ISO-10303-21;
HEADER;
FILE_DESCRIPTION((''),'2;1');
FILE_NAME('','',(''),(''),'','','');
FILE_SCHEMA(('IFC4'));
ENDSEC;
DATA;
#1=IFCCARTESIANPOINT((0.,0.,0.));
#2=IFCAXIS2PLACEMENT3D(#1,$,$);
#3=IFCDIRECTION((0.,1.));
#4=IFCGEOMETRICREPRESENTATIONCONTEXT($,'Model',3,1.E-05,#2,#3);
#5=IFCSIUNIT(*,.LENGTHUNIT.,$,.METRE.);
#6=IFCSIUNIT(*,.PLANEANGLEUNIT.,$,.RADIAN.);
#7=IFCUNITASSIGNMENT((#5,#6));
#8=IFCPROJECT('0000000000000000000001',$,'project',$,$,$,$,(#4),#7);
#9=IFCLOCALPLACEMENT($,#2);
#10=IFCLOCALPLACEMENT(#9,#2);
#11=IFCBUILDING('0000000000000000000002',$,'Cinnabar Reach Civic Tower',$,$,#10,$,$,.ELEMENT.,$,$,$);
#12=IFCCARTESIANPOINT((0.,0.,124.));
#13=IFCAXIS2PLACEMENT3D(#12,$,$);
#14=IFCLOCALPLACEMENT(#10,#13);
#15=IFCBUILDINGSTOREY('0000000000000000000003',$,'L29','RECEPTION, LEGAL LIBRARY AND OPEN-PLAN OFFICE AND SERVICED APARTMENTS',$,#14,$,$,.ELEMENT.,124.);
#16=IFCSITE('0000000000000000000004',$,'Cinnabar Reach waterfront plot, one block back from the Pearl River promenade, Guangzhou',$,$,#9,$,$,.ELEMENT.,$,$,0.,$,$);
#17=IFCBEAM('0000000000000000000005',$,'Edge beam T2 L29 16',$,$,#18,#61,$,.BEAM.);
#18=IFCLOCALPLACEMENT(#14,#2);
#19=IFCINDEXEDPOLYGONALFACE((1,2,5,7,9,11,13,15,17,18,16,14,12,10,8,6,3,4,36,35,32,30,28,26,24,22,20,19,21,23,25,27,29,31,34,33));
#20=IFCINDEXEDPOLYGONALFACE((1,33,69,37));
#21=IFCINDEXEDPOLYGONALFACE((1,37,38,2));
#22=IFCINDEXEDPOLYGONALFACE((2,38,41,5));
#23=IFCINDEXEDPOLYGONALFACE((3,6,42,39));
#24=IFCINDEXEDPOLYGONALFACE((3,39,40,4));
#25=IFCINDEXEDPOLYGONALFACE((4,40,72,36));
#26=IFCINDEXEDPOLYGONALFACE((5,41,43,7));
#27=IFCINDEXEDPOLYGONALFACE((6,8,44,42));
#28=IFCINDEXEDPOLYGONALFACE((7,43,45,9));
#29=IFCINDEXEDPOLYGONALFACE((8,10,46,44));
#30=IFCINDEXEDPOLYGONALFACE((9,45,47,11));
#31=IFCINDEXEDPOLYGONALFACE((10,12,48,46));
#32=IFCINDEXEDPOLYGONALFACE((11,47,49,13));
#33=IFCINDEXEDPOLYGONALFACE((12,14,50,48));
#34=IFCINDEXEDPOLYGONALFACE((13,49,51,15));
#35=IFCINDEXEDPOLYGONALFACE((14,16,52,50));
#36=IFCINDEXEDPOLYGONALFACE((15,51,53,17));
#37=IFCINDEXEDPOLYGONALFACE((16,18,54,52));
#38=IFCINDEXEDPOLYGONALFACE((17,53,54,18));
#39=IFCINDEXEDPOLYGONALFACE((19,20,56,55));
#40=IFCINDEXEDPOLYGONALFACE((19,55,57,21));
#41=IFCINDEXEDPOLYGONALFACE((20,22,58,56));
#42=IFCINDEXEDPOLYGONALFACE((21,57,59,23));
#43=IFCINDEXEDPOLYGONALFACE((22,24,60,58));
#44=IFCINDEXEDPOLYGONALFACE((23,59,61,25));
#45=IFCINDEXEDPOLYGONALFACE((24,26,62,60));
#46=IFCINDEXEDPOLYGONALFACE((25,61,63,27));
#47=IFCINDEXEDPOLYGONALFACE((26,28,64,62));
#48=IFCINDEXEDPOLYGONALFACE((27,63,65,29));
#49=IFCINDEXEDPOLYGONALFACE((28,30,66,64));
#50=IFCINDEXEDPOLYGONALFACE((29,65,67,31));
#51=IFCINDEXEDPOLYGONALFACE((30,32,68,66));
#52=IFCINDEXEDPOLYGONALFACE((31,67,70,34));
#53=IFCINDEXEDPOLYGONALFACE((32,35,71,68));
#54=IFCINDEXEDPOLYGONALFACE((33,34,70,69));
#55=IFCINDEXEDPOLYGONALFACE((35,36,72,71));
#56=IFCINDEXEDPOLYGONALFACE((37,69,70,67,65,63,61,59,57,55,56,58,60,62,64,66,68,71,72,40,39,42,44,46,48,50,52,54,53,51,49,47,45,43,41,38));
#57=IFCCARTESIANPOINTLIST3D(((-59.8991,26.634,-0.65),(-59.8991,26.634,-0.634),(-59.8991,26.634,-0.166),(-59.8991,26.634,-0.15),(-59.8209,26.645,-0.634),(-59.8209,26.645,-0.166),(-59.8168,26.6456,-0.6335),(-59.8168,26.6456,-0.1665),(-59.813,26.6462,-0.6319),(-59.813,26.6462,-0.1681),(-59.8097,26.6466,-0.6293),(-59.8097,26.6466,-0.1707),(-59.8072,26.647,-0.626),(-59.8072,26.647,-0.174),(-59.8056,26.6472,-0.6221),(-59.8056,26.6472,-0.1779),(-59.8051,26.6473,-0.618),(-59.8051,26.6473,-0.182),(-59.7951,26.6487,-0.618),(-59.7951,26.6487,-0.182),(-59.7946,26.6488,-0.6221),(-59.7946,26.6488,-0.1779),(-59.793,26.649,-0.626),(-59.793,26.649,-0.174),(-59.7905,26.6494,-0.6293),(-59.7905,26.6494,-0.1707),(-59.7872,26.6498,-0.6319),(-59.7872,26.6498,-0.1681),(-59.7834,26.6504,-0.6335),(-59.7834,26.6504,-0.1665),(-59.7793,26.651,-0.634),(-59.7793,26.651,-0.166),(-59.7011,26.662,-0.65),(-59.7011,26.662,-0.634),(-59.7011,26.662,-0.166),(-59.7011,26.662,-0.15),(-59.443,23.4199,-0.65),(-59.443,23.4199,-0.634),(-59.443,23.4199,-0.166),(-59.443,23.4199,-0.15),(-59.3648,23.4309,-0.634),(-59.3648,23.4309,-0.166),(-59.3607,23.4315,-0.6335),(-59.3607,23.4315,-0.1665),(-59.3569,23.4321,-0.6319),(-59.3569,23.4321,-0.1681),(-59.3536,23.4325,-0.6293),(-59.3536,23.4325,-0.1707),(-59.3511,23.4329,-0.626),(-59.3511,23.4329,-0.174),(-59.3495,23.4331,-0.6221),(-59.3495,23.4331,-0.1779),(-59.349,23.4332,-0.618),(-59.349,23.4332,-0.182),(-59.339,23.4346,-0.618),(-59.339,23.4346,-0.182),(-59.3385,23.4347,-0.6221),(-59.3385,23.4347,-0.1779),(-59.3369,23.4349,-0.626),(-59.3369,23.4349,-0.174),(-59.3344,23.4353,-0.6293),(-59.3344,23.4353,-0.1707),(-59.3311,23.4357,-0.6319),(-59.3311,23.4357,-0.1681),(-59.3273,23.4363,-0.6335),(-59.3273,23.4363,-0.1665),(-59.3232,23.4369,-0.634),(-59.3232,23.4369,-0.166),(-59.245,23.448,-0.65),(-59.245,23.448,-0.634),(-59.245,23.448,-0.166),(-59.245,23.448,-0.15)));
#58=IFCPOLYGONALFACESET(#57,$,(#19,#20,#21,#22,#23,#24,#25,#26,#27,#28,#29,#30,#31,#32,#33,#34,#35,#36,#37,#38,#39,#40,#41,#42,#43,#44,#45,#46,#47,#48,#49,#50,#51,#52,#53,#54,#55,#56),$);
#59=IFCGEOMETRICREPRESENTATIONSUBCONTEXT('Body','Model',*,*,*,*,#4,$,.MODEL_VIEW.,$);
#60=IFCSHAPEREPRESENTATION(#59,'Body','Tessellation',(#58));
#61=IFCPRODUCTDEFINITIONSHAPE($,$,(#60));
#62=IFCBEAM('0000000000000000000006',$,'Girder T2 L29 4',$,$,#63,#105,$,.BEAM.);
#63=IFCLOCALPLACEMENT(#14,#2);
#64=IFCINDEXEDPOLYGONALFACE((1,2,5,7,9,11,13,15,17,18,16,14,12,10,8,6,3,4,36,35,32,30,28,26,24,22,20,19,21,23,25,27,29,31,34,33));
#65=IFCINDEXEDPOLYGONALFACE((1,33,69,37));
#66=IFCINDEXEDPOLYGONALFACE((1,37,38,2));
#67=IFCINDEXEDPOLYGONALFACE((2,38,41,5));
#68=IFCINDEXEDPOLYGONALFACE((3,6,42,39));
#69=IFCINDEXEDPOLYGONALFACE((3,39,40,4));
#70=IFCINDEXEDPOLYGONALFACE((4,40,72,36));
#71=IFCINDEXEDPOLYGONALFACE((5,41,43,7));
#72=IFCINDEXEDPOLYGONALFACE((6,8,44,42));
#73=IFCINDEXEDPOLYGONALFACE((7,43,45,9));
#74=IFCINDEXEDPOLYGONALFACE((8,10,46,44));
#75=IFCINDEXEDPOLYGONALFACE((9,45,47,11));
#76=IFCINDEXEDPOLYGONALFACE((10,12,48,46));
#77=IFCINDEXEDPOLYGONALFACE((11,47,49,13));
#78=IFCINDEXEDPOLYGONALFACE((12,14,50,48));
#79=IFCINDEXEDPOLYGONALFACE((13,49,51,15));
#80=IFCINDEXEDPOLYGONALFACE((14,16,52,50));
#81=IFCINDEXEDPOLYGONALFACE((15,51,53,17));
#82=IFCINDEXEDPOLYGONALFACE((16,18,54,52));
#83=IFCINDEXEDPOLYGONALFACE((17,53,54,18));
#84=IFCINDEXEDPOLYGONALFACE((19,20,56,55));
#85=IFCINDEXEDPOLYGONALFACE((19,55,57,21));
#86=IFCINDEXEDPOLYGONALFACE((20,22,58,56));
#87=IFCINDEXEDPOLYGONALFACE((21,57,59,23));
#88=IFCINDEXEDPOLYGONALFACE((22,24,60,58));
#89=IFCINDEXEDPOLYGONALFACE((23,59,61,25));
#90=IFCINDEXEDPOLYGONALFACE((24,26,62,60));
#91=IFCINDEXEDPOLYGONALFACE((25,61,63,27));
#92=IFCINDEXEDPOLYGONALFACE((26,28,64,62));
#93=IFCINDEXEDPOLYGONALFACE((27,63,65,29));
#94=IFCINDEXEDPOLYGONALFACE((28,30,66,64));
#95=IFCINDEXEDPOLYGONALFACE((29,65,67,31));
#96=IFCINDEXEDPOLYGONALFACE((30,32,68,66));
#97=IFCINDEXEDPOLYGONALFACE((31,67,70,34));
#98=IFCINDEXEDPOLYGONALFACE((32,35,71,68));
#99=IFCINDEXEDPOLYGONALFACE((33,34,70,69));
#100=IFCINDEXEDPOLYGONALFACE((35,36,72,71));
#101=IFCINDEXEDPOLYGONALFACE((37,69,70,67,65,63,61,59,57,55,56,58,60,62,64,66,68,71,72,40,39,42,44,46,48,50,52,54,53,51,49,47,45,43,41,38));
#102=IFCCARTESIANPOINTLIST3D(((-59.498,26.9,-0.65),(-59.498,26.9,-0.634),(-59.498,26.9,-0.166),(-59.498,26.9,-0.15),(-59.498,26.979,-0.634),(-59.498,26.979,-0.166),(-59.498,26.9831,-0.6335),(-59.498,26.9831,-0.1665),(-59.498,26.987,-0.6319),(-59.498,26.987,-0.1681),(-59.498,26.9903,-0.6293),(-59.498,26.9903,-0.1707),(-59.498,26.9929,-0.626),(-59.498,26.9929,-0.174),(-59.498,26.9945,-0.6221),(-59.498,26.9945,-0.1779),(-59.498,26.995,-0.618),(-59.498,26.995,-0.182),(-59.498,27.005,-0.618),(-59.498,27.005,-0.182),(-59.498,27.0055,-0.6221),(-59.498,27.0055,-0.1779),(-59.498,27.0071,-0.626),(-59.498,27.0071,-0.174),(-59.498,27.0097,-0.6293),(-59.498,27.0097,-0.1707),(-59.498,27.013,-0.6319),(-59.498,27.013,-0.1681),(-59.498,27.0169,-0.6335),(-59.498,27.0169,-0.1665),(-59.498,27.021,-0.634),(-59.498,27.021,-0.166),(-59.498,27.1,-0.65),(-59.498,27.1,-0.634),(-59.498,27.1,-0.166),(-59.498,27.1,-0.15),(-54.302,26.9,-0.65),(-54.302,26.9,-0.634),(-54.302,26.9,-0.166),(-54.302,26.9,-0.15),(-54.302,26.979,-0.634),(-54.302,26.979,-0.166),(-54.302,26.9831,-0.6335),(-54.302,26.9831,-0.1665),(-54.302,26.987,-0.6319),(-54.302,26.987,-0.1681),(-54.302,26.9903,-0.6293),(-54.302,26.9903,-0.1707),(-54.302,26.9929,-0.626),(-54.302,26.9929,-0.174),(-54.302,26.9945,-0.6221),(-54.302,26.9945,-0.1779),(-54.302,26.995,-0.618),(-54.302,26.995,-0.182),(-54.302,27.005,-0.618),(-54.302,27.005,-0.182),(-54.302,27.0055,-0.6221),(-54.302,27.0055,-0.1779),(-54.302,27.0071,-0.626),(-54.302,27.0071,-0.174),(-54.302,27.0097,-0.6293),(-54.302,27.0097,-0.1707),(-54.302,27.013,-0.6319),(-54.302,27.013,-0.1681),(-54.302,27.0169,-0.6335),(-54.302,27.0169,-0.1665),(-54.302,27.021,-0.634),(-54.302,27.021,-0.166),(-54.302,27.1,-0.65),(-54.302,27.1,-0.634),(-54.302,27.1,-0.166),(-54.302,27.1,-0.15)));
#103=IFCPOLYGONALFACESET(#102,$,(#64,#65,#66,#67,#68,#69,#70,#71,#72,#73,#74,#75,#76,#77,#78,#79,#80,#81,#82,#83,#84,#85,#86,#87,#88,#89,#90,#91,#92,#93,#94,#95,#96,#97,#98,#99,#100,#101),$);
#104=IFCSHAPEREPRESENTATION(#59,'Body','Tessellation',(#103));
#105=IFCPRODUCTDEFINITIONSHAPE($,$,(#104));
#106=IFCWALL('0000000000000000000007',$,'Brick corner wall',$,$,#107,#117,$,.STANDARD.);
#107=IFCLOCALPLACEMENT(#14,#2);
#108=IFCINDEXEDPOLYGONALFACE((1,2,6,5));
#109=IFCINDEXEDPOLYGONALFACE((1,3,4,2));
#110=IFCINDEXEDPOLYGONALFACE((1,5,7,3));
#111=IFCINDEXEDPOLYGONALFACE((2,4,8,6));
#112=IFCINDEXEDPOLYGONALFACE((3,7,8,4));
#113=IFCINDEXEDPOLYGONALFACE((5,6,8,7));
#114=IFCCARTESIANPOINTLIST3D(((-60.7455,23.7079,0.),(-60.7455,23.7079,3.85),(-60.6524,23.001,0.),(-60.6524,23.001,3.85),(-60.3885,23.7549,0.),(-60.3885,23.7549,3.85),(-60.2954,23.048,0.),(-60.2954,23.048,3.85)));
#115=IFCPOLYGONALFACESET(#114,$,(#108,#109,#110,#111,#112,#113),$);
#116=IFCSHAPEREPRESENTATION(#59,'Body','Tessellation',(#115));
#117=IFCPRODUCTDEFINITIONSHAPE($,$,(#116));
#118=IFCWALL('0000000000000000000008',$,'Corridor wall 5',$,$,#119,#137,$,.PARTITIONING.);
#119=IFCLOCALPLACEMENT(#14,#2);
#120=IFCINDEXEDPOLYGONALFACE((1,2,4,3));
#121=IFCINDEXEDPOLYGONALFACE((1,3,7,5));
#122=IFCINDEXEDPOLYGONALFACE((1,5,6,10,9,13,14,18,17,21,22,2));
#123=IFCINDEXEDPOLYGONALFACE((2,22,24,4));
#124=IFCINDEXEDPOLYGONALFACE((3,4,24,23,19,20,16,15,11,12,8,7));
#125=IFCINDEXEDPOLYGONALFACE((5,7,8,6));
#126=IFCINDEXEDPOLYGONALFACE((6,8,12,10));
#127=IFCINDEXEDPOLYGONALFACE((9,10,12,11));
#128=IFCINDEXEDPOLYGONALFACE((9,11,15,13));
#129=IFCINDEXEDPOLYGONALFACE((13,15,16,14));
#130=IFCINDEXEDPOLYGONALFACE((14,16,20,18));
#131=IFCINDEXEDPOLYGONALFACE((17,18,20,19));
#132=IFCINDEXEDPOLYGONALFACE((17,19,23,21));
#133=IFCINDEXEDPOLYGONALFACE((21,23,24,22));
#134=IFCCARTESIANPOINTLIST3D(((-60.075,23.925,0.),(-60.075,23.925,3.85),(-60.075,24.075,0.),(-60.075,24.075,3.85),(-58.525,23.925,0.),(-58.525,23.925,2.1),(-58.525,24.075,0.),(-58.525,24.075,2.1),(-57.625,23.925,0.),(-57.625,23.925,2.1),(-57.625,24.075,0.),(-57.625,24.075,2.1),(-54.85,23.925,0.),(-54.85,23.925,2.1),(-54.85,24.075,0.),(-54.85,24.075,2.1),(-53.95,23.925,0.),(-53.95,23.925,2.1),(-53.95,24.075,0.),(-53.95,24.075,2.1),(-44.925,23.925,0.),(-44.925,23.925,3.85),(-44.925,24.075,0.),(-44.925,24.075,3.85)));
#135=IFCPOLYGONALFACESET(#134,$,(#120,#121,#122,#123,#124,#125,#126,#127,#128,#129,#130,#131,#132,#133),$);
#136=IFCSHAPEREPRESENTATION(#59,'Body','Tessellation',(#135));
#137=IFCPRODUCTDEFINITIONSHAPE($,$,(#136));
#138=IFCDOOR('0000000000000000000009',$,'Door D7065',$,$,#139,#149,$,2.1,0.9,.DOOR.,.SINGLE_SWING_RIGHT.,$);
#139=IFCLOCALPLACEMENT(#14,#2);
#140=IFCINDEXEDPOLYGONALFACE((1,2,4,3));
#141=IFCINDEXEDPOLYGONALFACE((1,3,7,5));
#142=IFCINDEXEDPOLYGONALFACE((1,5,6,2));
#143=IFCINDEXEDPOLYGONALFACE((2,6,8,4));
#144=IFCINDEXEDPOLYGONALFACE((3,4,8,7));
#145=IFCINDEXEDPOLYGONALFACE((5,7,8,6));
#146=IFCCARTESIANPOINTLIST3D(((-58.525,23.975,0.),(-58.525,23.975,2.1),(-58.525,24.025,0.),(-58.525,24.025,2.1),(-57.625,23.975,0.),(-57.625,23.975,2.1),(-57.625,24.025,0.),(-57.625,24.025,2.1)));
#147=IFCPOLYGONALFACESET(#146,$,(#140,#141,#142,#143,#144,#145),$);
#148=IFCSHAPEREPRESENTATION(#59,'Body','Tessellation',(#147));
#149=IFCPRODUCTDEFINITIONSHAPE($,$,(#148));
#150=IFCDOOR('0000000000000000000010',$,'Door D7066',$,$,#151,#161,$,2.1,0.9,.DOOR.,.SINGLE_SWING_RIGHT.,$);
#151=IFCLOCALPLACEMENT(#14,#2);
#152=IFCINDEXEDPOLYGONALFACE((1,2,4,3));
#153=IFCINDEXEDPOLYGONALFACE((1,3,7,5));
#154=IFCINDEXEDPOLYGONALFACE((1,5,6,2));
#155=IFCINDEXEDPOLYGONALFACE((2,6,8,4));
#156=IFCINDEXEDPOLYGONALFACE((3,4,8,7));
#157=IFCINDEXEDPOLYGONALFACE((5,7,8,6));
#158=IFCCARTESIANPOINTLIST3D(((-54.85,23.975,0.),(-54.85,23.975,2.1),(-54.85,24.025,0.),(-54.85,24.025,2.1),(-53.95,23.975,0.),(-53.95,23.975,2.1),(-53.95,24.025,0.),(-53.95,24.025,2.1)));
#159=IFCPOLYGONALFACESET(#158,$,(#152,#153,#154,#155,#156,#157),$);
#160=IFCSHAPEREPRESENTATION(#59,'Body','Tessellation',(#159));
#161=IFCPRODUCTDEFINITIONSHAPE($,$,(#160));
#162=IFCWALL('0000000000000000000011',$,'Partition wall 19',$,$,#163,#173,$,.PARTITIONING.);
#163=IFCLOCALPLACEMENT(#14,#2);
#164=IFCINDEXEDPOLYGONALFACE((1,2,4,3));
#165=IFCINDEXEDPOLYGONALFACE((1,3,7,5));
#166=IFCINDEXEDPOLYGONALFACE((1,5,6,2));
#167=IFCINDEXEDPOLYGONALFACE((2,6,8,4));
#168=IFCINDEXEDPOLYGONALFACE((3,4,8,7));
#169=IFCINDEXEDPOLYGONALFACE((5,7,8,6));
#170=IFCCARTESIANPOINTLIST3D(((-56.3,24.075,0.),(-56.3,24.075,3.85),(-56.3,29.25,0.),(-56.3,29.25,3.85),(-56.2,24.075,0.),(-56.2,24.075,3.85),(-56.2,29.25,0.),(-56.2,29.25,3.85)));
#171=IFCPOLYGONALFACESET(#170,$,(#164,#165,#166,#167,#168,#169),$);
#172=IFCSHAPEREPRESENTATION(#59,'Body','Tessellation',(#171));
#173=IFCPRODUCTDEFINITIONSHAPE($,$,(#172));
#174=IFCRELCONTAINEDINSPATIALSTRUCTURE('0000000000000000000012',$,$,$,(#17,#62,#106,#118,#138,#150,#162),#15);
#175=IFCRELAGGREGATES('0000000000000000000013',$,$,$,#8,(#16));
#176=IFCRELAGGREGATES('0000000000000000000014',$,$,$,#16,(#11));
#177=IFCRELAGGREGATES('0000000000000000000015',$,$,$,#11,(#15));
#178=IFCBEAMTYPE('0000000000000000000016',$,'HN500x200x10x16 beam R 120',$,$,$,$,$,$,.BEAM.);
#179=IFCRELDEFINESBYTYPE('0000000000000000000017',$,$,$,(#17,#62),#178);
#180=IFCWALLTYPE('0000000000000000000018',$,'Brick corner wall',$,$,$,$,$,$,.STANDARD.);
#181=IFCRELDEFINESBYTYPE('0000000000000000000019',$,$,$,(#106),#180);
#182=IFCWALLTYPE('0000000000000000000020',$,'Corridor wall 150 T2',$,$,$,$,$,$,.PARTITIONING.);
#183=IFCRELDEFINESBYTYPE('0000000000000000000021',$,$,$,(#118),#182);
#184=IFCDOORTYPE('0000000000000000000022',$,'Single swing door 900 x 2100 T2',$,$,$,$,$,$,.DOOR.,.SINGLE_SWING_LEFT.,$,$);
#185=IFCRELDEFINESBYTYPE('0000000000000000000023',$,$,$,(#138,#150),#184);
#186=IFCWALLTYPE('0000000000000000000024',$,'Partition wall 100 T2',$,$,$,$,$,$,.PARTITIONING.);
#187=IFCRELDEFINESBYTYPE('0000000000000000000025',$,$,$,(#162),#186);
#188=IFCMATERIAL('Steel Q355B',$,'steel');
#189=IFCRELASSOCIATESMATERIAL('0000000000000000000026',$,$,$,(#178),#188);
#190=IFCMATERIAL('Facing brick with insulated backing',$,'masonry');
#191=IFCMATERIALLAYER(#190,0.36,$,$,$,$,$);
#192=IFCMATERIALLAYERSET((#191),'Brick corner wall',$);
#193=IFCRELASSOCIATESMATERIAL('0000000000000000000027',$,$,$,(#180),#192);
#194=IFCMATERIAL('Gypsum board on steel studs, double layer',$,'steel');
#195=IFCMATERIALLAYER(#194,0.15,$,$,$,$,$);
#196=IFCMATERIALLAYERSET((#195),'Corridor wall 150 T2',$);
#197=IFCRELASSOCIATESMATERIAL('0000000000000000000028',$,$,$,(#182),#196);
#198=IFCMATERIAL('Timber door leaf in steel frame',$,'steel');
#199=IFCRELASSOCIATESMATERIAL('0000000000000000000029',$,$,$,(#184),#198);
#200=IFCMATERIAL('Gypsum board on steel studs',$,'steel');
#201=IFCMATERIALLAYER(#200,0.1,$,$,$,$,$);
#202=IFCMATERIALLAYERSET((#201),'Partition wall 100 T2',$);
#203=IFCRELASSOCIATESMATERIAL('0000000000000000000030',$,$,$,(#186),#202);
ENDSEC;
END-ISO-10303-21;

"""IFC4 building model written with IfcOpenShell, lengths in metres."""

from ifc_helpers import new_model, si_unit, direction, frame, frame_2d, origin, origin_2d, place, context, subcontext, project, spatial, rectangle, i_section, extrude, material, layer, layer_set, material_profile, profile_set, type_object, element, fill, save


model = new_model("IFC4")

# Units and contexts
model_context = context("Model", 3, precision=1e-05, world=origin(), true_north=direction((0.0, 1.0)))
body_context = subcontext(model_context, "Body", "Model", "MODEL_VIEW")
ifc_project = project(units=[si_unit("LENGTHUNIT", "METRE"), si_unit("PLANEANGLEUNIT", "RADIAN")], contexts=[model_context])

# Site, building, storey
site_placement = place(None, origin())
site = spatial("IfcSite", under=ifc_project, at=site_placement, Name="Cinnabar Reach waterfront plot, one block back from the Pearl River promenade, Guangzhou", CompositionType="ELEMENT", RefElevation=0.0)
building_placement = place(site_placement, origin())
building = spatial("IfcBuilding", under=site, at=building_placement, Name="Cinnabar Reach Civic Tower", CompositionType="ELEMENT")
storey_placement = place(building_placement, frame((0.0, 0.0, 124.0)))
storey = spatial("IfcBuildingStorey", under=building, at=storey_placement, Name="L29", Description="RECEPTION, LEGAL LIBRARY AND OPEN-PLAN OFFICE AND SERVICED APARTMENTS", CompositionType="ELEMENT", Elevation=124.0)

# Beams
ifc_material_1 = material(Name="Steel Q355B", Category="steel")
ifc_material_profile_1 = material_profile(ifc_material_1, i_section(OverallWidth=0.2, OverallDepth=0.5, WebThickness=0.01, FlangeThickness=0.016, FilletRadius=0.016, at=origin_2d()), Name="HN500x200x10x16")
ifc_profile_set_1 = profile_set([ifc_material_profile_1], Name="Steel Q355B")
beam_type_1 = type_object("IfcBeamType", Name="HN500x200x10x16 beam R 120", PredefinedType="BEAM", material=ifc_profile_set_1)
beam_1_placement = place(storey_placement, frame((-59.8001, 26.648, -0.4), z_axis=(0.140498, -0.990081, 0.0), x_axis=(0.990081, 0.140498, 0.0)))
element("IfcBeam", 1, at=beam_1_placement, inside=storey, type_object=beam_type_1, Name="Edge beam T2 L29 16", PredefinedType="BEAM", context=body_context, shape_type="SweptSolid", body=[
    extrude(i_section(OverallWidth=0.2, OverallDepth=0.5, WebThickness=0.01, FlangeThickness=0.016, FilletRadius=0.016, at=origin_2d()), origin(), (0.0, 0.0, 1.0), 3.2463),
])
beam_2_placement = place(storey_placement, frame((-59.498, 27.0, -0.4), z_axis=(1.0, 0.0, 0.0), x_axis=(0.0, 1.0, 0.0)))
element("IfcBeam", 2, at=beam_2_placement, inside=storey, type_object=beam_type_1, Name="Girder T2 L29 4", PredefinedType="BEAM", context=body_context, shape_type="SweptSolid", body=[
    extrude(i_section(OverallWidth=0.2, OverallDepth=0.5, WebThickness=0.01, FlangeThickness=0.016, FilletRadius=0.016, at=origin_2d()), origin(), (0.0, 0.0, 1.0), 5.196),
])

# Wall
ifc_material_2 = material(Name="Facing brick with insulated backing", Category="masonry")
ifc_layer_1 = layer(ifc_material_2, 0.36)
ifc_layer_set_1 = layer_set([ifc_layer_1], Name="Brick corner wall")
wall_type_1 = type_object("IfcWallType", Name="Brick corner wall", PredefinedType="STANDARD", material=ifc_layer_set_1)
wall_1_placement = place(storey_placement, frame((-60.567, 23.7314, 0.0), z_axis=(0.0, 0.0, 1.0), x_axis=(0.130556, -0.991441, 0.0)))
element("IfcWall", 3, at=wall_1_placement, inside=storey, type_object=wall_type_1, Name="Brick corner wall", PredefinedType="STANDARD", context=body_context, shape_type="SweptSolid", body=[
    extrude(rectangle(XDim=0.7131, YDim=0.36, at=frame_2d((0.3565, 0.0))), origin(), (0.0, 0.0, 1.0), 3.85),
])

# Wall, openings, doors
ifc_material_3 = material(Name="Gypsum board on steel studs, double layer", Category="steel")
ifc_layer_2 = layer(ifc_material_3, 0.15)
ifc_layer_set_2 = layer_set([ifc_layer_2], Name="Corridor wall 150 T2")
wall_type_2 = type_object("IfcWallType", Name="Corridor wall 150 T2", PredefinedType="PARTITIONING", material=ifc_layer_set_2)
wall_2_placement = place(storey_placement, frame((-60.075, 24.0, 0.0), z_axis=(0.0, 0.0, 1.0), x_axis=(1.0, 0.0, 0.0)))
wall_2 = element("IfcWall", 4, at=wall_2_placement, inside=storey, type_object=wall_type_2, Name="Corridor wall 5", PredefinedType="PARTITIONING", context=body_context, shape_type="SweptSolid", body=[
    extrude(rectangle(XDim=15.15, YDim=0.15, at=frame_2d((7.575, 0.0))), origin(), (0.0, 0.0, 1.0), 3.85),
])
opening_1_placement = place(wall_2_placement, frame((1.55, 0.0, 0.0)))
opening_1 = element("IfcOpeningElement", 5, at=opening_1_placement, cuts=wall_2, PredefinedType="OPENING", context=body_context, shape_type="SweptSolid", body=[
    extrude(rectangle(XDim=0.9, YDim=2.1, at=frame_2d((0.45, 1.05))), frame((0.0, 0.085, 0.0), z_axis=(0.0, -1.0, 0.0), x_axis=(1.0, 0.0, 0.0)), (0.0, 0.0, 1.0), 0.17),
])
opening_2_placement = place(wall_2_placement, frame((5.225, 0.0, 0.0)))
opening_2 = element("IfcOpeningElement", 6, at=opening_2_placement, cuts=wall_2, PredefinedType="OPENING", context=body_context, shape_type="SweptSolid", body=[
    extrude(rectangle(XDim=0.9, YDim=2.1, at=frame_2d((0.45, 1.05))), frame((0.0, 0.085, 0.0), z_axis=(0.0, -1.0, 0.0), x_axis=(1.0, 0.0, 0.0)), (0.0, 0.0, 1.0), 0.17),
])
ifc_material_4 = material(Name="Timber door leaf in steel frame", Category="steel")
door_type = type_object("IfcDoorType", Name="Single swing door 900 x 2100 T2", OperationType="SINGLE_SWING_LEFT", PredefinedType="DOOR", material=ifc_material_4)
door_1_placement = place(opening_1_placement, origin())
door_1 = element("IfcDoor", 7, at=door_1_placement, inside=storey, type_object=door_type, Name="Door D7065", OperationType="SINGLE_SWING_RIGHT", OverallHeight=2.1, OverallWidth=0.9, PredefinedType="DOOR", context=body_context, shape_type="SweptSolid", body=[
    extrude(rectangle(XDim=0.9, YDim=2.1, at=frame_2d((0.45, 1.05))), frame((0.0, 0.025, 0.0), z_axis=(0.0, -1.0, 0.0), x_axis=(1.0, 0.0, 0.0)), (0.0, 0.0, 1.0), 0.05),
])
fill(opening_1, door_1)
door_2_placement = place(opening_2_placement, origin())
door_2 = element("IfcDoor", 8, at=door_2_placement, inside=storey, type_object=door_type, Name="Door D7066", OperationType="SINGLE_SWING_RIGHT", OverallHeight=2.1, OverallWidth=0.9, PredefinedType="DOOR", context=body_context, shape_type="SweptSolid", body=[
    extrude(rectangle(XDim=0.9, YDim=2.1, at=frame_2d((0.45, 1.05))), frame((0.0, 0.025, 0.0), z_axis=(0.0, -1.0, 0.0), x_axis=(1.0, 0.0, 0.0)), (0.0, 0.0, 1.0), 0.05),
])
fill(opening_2, door_2)

# Wall
ifc_material_5 = material(Name="Gypsum board on steel studs", Category="steel")
ifc_layer_3 = layer(ifc_material_5, 0.1)
ifc_layer_set_3 = layer_set([ifc_layer_3], Name="Partition wall 100 T2")
wall_type_3 = type_object("IfcWallType", Name="Partition wall 100 T2", PredefinedType="PARTITIONING", material=ifc_layer_set_3)
wall_3_placement = place(storey_placement, frame((-56.25, 24.075, 0.0), z_axis=(0.0, 0.0, 1.0), x_axis=(0.0, 1.0, 0.0)))
element("IfcWall", 9, at=wall_3_placement, inside=storey, type_object=wall_type_3, Name="Partition wall 19", PredefinedType="PARTITIONING", context=body_context, shape_type="SweptSolid", body=[
    extrude(rectangle(XDim=5.175, YDim=0.1, at=frame_2d((2.5875, 0.0))), origin(), (0.0, 0.0, 1.0), 3.85),
])

save(model, "model.ifc")
